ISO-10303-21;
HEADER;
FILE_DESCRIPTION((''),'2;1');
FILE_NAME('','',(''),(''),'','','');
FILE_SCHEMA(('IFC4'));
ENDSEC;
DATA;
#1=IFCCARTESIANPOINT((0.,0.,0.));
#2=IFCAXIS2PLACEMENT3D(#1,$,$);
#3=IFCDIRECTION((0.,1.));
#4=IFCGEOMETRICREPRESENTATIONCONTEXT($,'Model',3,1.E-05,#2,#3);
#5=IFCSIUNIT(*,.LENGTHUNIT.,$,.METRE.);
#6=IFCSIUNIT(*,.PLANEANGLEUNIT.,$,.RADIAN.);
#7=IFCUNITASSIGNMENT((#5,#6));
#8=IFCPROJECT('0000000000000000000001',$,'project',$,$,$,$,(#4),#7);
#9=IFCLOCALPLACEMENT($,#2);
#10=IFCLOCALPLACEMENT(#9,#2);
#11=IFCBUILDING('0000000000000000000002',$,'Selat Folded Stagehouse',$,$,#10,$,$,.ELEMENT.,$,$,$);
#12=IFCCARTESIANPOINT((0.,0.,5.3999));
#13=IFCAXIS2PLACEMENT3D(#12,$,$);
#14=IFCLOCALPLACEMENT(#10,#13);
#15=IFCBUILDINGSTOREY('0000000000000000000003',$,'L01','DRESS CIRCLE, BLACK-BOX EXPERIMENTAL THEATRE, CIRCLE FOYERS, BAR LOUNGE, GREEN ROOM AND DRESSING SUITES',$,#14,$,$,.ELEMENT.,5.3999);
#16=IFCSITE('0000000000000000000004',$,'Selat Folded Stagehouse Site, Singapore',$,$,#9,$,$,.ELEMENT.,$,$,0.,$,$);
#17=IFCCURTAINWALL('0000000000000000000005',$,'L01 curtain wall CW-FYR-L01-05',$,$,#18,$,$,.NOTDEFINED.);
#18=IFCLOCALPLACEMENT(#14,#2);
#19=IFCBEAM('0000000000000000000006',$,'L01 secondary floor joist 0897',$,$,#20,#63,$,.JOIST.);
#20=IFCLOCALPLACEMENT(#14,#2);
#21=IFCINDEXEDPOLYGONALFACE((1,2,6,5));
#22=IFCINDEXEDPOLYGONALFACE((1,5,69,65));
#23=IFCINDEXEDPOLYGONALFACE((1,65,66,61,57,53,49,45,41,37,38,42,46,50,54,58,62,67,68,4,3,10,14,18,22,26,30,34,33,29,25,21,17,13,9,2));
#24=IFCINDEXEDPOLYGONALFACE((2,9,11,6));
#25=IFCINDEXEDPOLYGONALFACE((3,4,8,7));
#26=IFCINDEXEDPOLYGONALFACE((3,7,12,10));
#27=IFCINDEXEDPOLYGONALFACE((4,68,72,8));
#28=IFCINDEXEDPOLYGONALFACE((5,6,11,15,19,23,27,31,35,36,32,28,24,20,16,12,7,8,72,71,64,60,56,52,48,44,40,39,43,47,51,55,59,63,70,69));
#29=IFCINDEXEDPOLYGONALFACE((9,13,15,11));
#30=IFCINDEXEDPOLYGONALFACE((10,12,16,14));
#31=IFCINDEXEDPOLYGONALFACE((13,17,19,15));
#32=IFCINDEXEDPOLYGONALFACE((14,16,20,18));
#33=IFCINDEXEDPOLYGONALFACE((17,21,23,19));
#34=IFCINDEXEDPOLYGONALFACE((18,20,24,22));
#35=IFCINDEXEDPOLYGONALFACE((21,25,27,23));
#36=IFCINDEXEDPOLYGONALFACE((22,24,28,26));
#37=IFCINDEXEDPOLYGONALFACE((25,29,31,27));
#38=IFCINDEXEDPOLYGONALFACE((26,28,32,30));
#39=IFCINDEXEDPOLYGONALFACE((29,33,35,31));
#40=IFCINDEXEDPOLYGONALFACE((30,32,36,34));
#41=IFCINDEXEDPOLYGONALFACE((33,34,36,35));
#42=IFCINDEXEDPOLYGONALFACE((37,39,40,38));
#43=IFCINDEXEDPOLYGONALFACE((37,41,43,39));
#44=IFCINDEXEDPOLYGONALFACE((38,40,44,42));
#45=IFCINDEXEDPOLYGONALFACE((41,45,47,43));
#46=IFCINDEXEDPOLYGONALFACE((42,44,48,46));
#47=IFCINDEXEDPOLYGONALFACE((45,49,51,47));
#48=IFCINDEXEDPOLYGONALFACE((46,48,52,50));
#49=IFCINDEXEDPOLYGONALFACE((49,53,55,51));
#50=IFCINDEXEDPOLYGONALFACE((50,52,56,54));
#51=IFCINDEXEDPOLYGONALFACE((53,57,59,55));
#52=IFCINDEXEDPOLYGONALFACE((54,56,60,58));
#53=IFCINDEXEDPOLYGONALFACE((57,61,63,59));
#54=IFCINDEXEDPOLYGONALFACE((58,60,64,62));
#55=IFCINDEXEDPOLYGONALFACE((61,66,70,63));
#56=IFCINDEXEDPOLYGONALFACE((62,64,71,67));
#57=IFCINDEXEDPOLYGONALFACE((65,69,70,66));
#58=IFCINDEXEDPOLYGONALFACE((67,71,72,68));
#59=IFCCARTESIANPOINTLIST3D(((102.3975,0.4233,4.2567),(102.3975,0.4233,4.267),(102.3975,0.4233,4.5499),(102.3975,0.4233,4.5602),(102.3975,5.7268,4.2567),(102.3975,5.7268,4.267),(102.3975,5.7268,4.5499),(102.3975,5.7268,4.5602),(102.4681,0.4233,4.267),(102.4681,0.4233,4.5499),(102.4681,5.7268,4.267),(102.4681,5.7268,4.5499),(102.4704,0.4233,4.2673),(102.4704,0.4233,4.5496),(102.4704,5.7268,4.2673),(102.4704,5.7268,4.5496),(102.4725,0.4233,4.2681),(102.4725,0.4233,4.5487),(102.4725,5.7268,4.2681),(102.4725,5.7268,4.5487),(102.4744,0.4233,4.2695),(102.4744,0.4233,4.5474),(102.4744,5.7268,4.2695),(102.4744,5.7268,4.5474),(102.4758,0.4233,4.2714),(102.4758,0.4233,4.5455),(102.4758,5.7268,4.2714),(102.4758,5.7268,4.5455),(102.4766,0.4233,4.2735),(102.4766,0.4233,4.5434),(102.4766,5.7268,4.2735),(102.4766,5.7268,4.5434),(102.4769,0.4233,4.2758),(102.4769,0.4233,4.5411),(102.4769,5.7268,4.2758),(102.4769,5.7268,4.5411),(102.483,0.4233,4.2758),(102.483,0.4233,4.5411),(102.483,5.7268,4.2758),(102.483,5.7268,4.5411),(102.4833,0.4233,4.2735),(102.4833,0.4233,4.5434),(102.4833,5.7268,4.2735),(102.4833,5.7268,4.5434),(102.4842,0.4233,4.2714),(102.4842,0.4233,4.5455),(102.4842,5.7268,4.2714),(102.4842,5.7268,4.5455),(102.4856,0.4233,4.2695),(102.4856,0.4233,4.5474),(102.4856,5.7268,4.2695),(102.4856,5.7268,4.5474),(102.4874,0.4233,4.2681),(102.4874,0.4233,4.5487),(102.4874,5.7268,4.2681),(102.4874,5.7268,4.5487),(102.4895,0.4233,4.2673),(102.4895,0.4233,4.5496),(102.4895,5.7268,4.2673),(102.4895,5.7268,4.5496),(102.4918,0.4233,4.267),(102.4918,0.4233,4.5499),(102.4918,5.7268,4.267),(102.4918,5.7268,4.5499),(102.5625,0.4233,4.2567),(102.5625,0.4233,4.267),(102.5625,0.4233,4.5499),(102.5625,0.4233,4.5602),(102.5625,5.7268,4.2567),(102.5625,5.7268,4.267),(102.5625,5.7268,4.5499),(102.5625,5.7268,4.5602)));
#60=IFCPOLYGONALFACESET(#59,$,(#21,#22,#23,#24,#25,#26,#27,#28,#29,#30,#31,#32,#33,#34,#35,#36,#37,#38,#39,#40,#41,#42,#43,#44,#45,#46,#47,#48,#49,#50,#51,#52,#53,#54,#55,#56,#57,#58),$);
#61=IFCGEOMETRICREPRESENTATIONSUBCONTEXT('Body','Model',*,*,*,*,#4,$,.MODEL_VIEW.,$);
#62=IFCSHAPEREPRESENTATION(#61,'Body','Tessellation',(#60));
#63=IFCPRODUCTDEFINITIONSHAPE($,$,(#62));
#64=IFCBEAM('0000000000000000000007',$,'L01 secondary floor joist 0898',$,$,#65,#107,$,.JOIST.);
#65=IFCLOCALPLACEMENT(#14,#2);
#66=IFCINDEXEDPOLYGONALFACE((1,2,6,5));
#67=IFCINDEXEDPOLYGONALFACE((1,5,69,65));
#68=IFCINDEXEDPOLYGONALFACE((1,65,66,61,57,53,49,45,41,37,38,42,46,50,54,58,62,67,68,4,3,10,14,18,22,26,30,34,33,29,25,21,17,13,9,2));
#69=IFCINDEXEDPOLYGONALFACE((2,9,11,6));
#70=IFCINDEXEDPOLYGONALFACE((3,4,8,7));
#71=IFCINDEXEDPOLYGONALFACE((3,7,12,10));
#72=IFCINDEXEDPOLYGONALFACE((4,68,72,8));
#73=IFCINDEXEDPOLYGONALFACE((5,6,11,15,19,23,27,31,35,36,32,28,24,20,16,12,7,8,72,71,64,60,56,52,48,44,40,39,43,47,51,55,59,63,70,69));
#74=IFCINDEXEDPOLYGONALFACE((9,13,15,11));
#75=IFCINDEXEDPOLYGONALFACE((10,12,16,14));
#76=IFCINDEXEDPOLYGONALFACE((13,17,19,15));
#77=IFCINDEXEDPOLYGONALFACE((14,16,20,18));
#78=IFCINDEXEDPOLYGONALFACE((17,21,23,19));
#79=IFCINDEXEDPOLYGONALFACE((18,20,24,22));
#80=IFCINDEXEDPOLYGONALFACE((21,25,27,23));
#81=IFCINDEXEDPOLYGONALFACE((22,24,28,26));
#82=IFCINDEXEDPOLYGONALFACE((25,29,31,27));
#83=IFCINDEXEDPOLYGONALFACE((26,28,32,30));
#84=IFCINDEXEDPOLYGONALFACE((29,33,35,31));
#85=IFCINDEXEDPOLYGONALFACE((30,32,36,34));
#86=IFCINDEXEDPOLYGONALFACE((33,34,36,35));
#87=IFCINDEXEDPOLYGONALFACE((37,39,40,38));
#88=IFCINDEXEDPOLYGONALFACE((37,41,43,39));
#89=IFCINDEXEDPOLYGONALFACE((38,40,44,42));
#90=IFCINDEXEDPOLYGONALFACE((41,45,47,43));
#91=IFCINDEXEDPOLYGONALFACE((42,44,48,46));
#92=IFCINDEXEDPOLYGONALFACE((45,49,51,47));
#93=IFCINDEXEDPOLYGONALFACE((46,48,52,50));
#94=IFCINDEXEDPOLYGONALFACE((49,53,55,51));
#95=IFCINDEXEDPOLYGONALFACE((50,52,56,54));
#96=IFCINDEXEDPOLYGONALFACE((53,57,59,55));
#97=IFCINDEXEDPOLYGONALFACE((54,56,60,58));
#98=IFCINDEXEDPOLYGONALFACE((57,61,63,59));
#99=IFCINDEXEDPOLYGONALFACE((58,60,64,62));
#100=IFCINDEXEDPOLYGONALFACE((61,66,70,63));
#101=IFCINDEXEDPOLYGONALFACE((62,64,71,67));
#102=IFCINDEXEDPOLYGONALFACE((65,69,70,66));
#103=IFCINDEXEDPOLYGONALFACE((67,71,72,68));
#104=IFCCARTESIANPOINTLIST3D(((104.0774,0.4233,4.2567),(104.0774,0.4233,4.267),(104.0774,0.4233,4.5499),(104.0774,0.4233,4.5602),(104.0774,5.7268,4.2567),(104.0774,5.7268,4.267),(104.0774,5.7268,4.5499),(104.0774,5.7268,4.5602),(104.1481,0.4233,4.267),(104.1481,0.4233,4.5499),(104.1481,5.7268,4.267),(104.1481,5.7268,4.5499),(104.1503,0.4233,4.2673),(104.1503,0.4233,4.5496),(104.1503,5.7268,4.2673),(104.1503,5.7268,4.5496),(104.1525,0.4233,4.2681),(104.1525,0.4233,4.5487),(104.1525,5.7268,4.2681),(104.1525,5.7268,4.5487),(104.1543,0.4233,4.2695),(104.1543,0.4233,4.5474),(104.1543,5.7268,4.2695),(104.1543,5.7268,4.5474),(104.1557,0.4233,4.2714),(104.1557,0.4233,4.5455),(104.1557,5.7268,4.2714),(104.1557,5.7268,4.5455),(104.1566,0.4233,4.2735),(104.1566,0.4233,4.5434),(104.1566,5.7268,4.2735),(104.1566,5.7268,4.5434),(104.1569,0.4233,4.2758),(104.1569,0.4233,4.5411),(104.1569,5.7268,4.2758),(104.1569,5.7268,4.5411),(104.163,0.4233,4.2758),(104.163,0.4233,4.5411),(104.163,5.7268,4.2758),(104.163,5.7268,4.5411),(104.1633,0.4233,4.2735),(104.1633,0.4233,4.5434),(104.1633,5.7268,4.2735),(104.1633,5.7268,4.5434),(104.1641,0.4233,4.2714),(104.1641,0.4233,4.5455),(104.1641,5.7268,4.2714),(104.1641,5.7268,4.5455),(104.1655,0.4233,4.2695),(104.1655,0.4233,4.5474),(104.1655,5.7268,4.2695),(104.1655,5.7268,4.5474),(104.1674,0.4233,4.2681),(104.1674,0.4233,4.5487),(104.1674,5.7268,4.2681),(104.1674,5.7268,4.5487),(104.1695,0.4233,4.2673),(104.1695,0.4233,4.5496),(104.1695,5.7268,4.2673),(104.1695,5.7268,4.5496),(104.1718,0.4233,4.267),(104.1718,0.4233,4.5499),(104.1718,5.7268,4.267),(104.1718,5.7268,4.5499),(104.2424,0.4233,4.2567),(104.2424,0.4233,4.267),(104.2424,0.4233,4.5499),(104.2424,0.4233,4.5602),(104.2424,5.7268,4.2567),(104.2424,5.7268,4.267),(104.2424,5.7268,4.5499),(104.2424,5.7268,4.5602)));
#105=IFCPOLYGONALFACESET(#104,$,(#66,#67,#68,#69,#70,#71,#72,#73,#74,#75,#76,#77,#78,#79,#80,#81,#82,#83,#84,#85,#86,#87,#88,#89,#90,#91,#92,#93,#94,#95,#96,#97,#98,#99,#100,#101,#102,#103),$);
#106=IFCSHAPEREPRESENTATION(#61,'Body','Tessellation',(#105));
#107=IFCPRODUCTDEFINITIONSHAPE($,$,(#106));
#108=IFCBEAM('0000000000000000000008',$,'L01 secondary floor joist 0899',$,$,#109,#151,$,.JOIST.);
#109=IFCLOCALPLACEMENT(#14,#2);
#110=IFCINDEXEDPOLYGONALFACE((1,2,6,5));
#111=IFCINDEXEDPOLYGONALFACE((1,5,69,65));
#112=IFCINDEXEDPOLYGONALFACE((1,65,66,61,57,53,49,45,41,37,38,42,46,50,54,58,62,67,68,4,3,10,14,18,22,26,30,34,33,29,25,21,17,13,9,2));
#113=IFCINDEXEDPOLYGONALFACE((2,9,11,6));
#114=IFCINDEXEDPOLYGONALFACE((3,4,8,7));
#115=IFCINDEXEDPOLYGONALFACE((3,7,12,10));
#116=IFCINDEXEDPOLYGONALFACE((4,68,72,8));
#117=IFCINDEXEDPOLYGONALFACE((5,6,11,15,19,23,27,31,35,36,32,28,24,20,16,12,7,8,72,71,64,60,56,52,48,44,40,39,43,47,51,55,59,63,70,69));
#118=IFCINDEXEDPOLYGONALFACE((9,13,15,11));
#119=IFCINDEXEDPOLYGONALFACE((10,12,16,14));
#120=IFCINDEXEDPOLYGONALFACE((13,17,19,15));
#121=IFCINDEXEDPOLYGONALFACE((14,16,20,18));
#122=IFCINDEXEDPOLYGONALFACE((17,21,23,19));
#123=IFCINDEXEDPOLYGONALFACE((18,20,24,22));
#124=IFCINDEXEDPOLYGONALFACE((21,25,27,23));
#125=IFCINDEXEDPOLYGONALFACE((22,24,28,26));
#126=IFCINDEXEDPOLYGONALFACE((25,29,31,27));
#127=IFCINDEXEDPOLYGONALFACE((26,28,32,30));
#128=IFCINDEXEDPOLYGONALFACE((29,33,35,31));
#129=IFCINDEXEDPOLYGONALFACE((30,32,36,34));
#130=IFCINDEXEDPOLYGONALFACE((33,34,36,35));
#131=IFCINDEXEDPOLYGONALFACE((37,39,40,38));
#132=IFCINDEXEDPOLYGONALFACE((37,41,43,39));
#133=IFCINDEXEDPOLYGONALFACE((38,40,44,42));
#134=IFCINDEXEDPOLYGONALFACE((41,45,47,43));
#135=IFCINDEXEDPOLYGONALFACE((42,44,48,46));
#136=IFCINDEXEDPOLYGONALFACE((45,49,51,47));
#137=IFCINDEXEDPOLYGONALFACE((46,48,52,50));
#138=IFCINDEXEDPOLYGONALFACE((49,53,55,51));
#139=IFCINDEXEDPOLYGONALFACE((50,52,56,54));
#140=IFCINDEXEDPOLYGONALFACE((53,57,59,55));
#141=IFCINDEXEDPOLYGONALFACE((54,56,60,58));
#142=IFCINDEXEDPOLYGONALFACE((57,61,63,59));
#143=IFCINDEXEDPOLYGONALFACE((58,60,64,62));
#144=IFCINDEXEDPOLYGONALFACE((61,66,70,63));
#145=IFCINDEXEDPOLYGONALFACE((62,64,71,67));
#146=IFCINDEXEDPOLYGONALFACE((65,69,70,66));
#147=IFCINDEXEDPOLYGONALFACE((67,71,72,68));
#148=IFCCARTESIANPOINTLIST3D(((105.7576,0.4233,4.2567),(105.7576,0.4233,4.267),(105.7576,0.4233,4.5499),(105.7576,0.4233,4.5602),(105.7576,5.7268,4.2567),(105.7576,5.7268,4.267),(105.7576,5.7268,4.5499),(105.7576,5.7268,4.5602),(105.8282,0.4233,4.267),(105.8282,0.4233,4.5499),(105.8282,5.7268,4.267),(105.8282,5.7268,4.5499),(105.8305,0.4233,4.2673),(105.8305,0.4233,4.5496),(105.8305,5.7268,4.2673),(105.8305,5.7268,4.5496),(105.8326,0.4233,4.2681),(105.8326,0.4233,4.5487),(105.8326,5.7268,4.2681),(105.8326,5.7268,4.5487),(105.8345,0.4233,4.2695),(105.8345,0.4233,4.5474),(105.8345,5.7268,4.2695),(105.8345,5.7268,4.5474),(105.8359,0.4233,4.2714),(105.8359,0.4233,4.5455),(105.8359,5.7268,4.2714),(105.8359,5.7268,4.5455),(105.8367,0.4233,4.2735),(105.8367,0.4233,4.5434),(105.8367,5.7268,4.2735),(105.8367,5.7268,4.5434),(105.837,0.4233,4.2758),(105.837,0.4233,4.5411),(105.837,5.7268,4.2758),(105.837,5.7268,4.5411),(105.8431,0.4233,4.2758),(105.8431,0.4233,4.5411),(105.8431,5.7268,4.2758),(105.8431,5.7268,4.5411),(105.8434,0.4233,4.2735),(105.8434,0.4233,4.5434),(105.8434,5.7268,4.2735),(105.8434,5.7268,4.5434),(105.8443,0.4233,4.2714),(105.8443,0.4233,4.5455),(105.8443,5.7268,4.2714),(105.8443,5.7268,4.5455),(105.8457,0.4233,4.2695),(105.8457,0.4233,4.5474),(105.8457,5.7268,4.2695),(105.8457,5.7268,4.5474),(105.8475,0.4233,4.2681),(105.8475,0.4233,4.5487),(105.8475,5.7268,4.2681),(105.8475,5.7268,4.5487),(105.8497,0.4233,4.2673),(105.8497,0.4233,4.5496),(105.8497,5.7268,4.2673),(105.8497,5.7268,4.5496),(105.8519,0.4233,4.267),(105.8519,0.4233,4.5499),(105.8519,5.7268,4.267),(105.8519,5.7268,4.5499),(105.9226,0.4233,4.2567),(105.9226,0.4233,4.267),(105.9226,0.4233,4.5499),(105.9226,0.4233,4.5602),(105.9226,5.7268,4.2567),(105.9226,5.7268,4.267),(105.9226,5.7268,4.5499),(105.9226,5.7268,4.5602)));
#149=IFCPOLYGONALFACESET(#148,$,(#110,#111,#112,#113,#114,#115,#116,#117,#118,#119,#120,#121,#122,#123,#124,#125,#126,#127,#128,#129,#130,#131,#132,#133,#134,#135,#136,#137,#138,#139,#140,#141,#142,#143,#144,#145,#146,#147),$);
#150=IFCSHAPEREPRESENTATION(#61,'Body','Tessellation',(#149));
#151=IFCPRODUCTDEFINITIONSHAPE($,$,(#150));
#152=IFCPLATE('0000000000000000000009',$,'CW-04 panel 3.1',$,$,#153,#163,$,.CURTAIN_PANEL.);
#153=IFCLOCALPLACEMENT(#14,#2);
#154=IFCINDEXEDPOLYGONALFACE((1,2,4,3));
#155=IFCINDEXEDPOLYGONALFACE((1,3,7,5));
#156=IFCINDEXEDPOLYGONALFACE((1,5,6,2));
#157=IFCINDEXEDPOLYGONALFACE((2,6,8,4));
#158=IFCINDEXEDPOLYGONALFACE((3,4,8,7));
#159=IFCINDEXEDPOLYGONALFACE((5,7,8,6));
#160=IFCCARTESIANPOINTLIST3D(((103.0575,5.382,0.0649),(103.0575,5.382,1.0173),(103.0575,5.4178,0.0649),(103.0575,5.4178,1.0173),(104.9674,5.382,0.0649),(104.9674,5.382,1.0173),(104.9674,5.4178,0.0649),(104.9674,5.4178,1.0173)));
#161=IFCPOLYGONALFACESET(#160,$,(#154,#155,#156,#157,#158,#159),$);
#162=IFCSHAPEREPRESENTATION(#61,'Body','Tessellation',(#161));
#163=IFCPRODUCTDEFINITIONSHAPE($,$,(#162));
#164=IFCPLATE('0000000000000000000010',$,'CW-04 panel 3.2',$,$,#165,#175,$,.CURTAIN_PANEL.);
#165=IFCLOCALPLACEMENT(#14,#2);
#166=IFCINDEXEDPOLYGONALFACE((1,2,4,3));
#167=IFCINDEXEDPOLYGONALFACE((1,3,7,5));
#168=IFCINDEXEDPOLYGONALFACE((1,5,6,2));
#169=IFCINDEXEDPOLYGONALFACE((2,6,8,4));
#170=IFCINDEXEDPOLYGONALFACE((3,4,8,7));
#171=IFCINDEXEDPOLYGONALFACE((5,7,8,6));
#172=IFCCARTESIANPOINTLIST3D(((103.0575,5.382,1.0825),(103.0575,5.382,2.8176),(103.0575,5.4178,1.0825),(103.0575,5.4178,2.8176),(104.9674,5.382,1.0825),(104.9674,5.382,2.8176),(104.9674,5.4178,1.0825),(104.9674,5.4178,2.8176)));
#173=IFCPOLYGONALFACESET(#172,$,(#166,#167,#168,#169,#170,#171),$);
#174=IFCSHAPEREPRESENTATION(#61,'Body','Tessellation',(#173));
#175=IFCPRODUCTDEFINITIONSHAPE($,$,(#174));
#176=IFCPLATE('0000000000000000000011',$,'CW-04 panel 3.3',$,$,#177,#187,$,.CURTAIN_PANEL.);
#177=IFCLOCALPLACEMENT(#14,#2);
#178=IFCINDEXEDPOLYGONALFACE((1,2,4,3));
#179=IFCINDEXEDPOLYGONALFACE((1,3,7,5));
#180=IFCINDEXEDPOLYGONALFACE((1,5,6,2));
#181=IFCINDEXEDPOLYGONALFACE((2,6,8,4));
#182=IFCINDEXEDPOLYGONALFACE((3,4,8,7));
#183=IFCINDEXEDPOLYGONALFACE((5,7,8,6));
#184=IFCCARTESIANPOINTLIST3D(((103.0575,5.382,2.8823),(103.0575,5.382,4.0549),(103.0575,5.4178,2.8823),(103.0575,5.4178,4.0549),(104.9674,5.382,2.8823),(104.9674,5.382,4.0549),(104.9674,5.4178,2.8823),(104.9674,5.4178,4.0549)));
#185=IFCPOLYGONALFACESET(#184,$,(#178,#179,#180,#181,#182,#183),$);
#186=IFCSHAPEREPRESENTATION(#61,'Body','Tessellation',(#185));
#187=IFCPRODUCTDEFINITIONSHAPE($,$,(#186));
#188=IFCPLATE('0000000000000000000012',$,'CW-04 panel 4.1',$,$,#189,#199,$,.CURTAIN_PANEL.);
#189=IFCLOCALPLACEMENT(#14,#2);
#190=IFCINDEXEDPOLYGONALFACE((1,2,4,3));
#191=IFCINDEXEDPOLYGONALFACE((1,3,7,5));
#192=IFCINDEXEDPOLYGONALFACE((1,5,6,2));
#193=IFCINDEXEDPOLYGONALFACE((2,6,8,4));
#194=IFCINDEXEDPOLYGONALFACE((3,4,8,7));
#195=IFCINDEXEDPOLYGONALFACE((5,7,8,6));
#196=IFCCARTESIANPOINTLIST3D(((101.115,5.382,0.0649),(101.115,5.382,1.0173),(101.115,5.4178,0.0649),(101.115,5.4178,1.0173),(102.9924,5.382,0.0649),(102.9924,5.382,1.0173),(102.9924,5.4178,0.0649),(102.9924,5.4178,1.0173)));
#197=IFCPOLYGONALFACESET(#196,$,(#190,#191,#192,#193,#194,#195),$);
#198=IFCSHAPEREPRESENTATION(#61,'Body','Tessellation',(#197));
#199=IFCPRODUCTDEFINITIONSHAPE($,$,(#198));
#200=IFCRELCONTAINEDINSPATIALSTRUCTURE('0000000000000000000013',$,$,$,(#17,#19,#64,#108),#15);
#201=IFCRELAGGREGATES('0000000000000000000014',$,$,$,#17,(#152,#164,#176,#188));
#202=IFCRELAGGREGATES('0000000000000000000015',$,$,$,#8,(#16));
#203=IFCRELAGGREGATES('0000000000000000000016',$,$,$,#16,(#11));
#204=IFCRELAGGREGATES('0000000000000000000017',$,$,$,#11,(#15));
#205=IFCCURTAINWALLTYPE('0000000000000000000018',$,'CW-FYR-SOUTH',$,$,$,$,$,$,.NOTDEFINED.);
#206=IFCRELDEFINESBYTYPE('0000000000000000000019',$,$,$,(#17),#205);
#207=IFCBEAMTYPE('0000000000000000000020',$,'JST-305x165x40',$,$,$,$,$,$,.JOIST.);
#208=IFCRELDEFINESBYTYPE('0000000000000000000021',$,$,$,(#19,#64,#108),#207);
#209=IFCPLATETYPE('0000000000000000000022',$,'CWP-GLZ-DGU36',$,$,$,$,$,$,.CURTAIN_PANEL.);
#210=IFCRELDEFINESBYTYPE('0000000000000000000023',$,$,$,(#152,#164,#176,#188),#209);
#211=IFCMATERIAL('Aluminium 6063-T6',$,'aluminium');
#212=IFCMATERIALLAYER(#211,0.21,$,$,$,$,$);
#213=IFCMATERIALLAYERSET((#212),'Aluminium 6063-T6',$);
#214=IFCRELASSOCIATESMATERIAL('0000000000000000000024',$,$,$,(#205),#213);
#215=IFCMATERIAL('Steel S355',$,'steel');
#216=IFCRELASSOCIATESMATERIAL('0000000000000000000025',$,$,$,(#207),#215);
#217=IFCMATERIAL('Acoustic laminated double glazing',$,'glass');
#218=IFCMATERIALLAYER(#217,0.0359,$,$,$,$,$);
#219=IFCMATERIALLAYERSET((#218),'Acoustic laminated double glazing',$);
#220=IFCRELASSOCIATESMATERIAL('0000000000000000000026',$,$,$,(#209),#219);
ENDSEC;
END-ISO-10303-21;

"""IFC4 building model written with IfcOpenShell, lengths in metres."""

from ifc_helpers import new_model, si_unit, direction, frame, origin, origin_2d, place, context, subcontext, project, spatial, rectangle, i_section, extrude, material, layer, layer_set, material_profile, profile_set, type_object, element, aggregate, save


model = new_model("IFC4")

# Units and contexts
model_context = context("Model", 3, precision=1e-05, world=origin(), true_north=direction((0.0, 1.0)))
body_context = subcontext(model_context, "Body", "Model", "MODEL_VIEW")
ifc_project = project(units=[si_unit("LENGTHUNIT", "METRE"), si_unit("PLANEANGLEUNIT", "RADIAN")], contexts=[model_context])

# Site, building, storey
site_placement = place(None, origin())
site = spatial("IfcSite", under=ifc_project, at=site_placement, Name="Selat Folded Stagehouse Site, Singapore", CompositionType="ELEMENT", RefElevation=0.0)
building_placement = place(site_placement, origin())
building = spatial("IfcBuilding", under=site, at=building_placement, Name="Selat Folded Stagehouse", CompositionType="ELEMENT")
storey_placement = place(building_placement, frame((0.0, 0.0, 5.3999)))
storey = spatial("IfcBuildingStorey", under=building, at=storey_placement, Name="L01", Description="DRESS CIRCLE, BLACK-BOX EXPERIMENTAL THEATRE, CIRCLE FOYERS, BAR LOUNGE, GREEN ROOM AND DRESSING SUITES", CompositionType="ELEMENT", Elevation=5.3999)

# Curtain wall
ifc_material_1 = material(Name="Aluminium 6063-T6", Category="aluminium")
ifc_layer_1 = layer(ifc_material_1, 0.21)
ifc_layer_set_1 = layer_set([ifc_layer_1], Name="Aluminium 6063-T6")
curtain_wall_type = type_object("IfcCurtainWallType", Name="CW-FYR-SOUTH", PredefinedType="NOTDEFINED", material=ifc_layer_set_1)
curtain_wall_placement = place(storey_placement, origin())
curtain_wall = element("IfcCurtainWall", 1, at=curtain_wall_placement, inside=storey, type_object=curtain_wall_type, Name="L01 curtain wall CW-FYR-L01-05", PredefinedType="NOTDEFINED")

# Beams
ifc_material_2 = material(Name="Steel S355", Category="steel")
ifc_material_profile_1 = material_profile(ifc_material_2, i_section(OverallWidth=0.165, OverallDepth=0.3035, WebThickness=0.0061, FlangeThickness=0.0103, FilletRadius=0.0088, at=origin_2d()), Name="UKB 305x165x40")
ifc_profile_set_1 = profile_set([ifc_material_profile_1], Name="Steel S355")
beam_type = type_object("IfcBeamType", Name="JST-305x165x40", PredefinedType="JOIST", material=ifc_profile_set_1)
for number, where, z_axis, x_axis, name in (
    (2, (102.48, 0.4233, 4.4084), (0.0, 1.0, 0.0), (-1.0, 0.0, 0.0), "L01 secondary floor joist 0897"),
    (3, (104.1599, 0.4233, 4.4084), (0.0, 1.0, 0.0), (-1.0, 0.0, 0.0), "L01 secondary floor joist 0898"),
    (4, (105.8401, 0.4233, 4.4084), (0.0, 1.0, 0.0), (-1.0, 0.0, 0.0), "L01 secondary floor joist 0899"),
):
    element("IfcBeam", number, at=place(storey_placement, frame(where, z_axis=z_axis, x_axis=x_axis)), inside=storey, type_object=beam_type, Name=name, PredefinedType="JOIST", context=body_context, shape_type="SweptSolid", body=[
        extrude(i_section(OverallWidth=0.165, OverallDepth=0.3035, WebThickness=0.0061, FlangeThickness=0.0103, FilletRadius=0.0088, at=origin_2d()), origin(), (0.0, 0.0, 1.0), 5.3035),
    ])

# Plates
ifc_material_3 = material(Name="Acoustic laminated double glazing", Category="glass")
ifc_layer_2 = layer(ifc_material_3, 0.0359)
ifc_layer_set_2 = layer_set([ifc_layer_2], Name="Acoustic laminated double glazing")
plate_type = type_object("IfcPlateType", Name="CWP-GLZ-DGU36", PredefinedType="CURTAIN_PANEL", material=ifc_layer_set_2)
plate_1_placement = place(storey_placement, frame((104.0125, 5.3999, 0.0649), z_axis=(0.0, 0.0, 1.0), x_axis=(-1.0, 0.0, 0.0)))
plate_1 = element("IfcPlate", 5, at=plate_1_placement, type_object=plate_type, Name="CW-04 panel 3.1", PredefinedType="CURTAIN_PANEL", context=body_context, shape_type="SweptSolid", body=[
    extrude(rectangle(XDim=1.9099, YDim=0.0359, at=origin_2d()), origin(), (0.0, 0.0, 1.0), 0.9524),
])
plate_2_placement = place(storey_placement, frame((104.0125, 5.3999, 1.0825), z_axis=(0.0, 0.0, 1.0), x_axis=(-1.0, 0.0, 0.0)))
plate_2 = element("IfcPlate", 6, at=plate_2_placement, type_object=plate_type, Name="CW-04 panel 3.2", PredefinedType="CURTAIN_PANEL", context=body_context, shape_type="SweptSolid", body=[
    extrude(rectangle(XDim=1.9099, YDim=0.0359, at=origin_2d()), origin(), (0.0, 0.0, 1.0), 1.7351),
])
plate_3_placement = place(storey_placement, frame((104.0125, 5.3999, 2.8823), z_axis=(0.0, 0.0, 1.0), x_axis=(-1.0, 0.0, 0.0)))
plate_3 = element("IfcPlate", 7, at=plate_3_placement, type_object=plate_type, Name="CW-04 panel 3.3", PredefinedType="CURTAIN_PANEL", context=body_context, shape_type="SweptSolid", body=[
    extrude(rectangle(XDim=1.9099, YDim=0.0359, at=origin_2d()), origin(), (0.0, 0.0, 1.0), 1.1726),
])
plate_4_placement = place(storey_placement, frame((102.0537, 5.3999, 0.0649), z_axis=(0.0, 0.0, 1.0), x_axis=(-1.0, 0.0, 0.0)))
plate_4 = element("IfcPlate", 8, at=plate_4_placement, type_object=plate_type, Name="CW-04 panel 4.1", PredefinedType="CURTAIN_PANEL", context=body_context, shape_type="SweptSolid", body=[
    extrude(rectangle(XDim=1.8774, YDim=0.0359, at=origin_2d()), origin(), (0.0, 0.0, 1.0), 0.9524),
])
aggregate(curtain_wall, [plate_1, plate_2, plate_3, plate_4])

save(model, "model.ifc")
